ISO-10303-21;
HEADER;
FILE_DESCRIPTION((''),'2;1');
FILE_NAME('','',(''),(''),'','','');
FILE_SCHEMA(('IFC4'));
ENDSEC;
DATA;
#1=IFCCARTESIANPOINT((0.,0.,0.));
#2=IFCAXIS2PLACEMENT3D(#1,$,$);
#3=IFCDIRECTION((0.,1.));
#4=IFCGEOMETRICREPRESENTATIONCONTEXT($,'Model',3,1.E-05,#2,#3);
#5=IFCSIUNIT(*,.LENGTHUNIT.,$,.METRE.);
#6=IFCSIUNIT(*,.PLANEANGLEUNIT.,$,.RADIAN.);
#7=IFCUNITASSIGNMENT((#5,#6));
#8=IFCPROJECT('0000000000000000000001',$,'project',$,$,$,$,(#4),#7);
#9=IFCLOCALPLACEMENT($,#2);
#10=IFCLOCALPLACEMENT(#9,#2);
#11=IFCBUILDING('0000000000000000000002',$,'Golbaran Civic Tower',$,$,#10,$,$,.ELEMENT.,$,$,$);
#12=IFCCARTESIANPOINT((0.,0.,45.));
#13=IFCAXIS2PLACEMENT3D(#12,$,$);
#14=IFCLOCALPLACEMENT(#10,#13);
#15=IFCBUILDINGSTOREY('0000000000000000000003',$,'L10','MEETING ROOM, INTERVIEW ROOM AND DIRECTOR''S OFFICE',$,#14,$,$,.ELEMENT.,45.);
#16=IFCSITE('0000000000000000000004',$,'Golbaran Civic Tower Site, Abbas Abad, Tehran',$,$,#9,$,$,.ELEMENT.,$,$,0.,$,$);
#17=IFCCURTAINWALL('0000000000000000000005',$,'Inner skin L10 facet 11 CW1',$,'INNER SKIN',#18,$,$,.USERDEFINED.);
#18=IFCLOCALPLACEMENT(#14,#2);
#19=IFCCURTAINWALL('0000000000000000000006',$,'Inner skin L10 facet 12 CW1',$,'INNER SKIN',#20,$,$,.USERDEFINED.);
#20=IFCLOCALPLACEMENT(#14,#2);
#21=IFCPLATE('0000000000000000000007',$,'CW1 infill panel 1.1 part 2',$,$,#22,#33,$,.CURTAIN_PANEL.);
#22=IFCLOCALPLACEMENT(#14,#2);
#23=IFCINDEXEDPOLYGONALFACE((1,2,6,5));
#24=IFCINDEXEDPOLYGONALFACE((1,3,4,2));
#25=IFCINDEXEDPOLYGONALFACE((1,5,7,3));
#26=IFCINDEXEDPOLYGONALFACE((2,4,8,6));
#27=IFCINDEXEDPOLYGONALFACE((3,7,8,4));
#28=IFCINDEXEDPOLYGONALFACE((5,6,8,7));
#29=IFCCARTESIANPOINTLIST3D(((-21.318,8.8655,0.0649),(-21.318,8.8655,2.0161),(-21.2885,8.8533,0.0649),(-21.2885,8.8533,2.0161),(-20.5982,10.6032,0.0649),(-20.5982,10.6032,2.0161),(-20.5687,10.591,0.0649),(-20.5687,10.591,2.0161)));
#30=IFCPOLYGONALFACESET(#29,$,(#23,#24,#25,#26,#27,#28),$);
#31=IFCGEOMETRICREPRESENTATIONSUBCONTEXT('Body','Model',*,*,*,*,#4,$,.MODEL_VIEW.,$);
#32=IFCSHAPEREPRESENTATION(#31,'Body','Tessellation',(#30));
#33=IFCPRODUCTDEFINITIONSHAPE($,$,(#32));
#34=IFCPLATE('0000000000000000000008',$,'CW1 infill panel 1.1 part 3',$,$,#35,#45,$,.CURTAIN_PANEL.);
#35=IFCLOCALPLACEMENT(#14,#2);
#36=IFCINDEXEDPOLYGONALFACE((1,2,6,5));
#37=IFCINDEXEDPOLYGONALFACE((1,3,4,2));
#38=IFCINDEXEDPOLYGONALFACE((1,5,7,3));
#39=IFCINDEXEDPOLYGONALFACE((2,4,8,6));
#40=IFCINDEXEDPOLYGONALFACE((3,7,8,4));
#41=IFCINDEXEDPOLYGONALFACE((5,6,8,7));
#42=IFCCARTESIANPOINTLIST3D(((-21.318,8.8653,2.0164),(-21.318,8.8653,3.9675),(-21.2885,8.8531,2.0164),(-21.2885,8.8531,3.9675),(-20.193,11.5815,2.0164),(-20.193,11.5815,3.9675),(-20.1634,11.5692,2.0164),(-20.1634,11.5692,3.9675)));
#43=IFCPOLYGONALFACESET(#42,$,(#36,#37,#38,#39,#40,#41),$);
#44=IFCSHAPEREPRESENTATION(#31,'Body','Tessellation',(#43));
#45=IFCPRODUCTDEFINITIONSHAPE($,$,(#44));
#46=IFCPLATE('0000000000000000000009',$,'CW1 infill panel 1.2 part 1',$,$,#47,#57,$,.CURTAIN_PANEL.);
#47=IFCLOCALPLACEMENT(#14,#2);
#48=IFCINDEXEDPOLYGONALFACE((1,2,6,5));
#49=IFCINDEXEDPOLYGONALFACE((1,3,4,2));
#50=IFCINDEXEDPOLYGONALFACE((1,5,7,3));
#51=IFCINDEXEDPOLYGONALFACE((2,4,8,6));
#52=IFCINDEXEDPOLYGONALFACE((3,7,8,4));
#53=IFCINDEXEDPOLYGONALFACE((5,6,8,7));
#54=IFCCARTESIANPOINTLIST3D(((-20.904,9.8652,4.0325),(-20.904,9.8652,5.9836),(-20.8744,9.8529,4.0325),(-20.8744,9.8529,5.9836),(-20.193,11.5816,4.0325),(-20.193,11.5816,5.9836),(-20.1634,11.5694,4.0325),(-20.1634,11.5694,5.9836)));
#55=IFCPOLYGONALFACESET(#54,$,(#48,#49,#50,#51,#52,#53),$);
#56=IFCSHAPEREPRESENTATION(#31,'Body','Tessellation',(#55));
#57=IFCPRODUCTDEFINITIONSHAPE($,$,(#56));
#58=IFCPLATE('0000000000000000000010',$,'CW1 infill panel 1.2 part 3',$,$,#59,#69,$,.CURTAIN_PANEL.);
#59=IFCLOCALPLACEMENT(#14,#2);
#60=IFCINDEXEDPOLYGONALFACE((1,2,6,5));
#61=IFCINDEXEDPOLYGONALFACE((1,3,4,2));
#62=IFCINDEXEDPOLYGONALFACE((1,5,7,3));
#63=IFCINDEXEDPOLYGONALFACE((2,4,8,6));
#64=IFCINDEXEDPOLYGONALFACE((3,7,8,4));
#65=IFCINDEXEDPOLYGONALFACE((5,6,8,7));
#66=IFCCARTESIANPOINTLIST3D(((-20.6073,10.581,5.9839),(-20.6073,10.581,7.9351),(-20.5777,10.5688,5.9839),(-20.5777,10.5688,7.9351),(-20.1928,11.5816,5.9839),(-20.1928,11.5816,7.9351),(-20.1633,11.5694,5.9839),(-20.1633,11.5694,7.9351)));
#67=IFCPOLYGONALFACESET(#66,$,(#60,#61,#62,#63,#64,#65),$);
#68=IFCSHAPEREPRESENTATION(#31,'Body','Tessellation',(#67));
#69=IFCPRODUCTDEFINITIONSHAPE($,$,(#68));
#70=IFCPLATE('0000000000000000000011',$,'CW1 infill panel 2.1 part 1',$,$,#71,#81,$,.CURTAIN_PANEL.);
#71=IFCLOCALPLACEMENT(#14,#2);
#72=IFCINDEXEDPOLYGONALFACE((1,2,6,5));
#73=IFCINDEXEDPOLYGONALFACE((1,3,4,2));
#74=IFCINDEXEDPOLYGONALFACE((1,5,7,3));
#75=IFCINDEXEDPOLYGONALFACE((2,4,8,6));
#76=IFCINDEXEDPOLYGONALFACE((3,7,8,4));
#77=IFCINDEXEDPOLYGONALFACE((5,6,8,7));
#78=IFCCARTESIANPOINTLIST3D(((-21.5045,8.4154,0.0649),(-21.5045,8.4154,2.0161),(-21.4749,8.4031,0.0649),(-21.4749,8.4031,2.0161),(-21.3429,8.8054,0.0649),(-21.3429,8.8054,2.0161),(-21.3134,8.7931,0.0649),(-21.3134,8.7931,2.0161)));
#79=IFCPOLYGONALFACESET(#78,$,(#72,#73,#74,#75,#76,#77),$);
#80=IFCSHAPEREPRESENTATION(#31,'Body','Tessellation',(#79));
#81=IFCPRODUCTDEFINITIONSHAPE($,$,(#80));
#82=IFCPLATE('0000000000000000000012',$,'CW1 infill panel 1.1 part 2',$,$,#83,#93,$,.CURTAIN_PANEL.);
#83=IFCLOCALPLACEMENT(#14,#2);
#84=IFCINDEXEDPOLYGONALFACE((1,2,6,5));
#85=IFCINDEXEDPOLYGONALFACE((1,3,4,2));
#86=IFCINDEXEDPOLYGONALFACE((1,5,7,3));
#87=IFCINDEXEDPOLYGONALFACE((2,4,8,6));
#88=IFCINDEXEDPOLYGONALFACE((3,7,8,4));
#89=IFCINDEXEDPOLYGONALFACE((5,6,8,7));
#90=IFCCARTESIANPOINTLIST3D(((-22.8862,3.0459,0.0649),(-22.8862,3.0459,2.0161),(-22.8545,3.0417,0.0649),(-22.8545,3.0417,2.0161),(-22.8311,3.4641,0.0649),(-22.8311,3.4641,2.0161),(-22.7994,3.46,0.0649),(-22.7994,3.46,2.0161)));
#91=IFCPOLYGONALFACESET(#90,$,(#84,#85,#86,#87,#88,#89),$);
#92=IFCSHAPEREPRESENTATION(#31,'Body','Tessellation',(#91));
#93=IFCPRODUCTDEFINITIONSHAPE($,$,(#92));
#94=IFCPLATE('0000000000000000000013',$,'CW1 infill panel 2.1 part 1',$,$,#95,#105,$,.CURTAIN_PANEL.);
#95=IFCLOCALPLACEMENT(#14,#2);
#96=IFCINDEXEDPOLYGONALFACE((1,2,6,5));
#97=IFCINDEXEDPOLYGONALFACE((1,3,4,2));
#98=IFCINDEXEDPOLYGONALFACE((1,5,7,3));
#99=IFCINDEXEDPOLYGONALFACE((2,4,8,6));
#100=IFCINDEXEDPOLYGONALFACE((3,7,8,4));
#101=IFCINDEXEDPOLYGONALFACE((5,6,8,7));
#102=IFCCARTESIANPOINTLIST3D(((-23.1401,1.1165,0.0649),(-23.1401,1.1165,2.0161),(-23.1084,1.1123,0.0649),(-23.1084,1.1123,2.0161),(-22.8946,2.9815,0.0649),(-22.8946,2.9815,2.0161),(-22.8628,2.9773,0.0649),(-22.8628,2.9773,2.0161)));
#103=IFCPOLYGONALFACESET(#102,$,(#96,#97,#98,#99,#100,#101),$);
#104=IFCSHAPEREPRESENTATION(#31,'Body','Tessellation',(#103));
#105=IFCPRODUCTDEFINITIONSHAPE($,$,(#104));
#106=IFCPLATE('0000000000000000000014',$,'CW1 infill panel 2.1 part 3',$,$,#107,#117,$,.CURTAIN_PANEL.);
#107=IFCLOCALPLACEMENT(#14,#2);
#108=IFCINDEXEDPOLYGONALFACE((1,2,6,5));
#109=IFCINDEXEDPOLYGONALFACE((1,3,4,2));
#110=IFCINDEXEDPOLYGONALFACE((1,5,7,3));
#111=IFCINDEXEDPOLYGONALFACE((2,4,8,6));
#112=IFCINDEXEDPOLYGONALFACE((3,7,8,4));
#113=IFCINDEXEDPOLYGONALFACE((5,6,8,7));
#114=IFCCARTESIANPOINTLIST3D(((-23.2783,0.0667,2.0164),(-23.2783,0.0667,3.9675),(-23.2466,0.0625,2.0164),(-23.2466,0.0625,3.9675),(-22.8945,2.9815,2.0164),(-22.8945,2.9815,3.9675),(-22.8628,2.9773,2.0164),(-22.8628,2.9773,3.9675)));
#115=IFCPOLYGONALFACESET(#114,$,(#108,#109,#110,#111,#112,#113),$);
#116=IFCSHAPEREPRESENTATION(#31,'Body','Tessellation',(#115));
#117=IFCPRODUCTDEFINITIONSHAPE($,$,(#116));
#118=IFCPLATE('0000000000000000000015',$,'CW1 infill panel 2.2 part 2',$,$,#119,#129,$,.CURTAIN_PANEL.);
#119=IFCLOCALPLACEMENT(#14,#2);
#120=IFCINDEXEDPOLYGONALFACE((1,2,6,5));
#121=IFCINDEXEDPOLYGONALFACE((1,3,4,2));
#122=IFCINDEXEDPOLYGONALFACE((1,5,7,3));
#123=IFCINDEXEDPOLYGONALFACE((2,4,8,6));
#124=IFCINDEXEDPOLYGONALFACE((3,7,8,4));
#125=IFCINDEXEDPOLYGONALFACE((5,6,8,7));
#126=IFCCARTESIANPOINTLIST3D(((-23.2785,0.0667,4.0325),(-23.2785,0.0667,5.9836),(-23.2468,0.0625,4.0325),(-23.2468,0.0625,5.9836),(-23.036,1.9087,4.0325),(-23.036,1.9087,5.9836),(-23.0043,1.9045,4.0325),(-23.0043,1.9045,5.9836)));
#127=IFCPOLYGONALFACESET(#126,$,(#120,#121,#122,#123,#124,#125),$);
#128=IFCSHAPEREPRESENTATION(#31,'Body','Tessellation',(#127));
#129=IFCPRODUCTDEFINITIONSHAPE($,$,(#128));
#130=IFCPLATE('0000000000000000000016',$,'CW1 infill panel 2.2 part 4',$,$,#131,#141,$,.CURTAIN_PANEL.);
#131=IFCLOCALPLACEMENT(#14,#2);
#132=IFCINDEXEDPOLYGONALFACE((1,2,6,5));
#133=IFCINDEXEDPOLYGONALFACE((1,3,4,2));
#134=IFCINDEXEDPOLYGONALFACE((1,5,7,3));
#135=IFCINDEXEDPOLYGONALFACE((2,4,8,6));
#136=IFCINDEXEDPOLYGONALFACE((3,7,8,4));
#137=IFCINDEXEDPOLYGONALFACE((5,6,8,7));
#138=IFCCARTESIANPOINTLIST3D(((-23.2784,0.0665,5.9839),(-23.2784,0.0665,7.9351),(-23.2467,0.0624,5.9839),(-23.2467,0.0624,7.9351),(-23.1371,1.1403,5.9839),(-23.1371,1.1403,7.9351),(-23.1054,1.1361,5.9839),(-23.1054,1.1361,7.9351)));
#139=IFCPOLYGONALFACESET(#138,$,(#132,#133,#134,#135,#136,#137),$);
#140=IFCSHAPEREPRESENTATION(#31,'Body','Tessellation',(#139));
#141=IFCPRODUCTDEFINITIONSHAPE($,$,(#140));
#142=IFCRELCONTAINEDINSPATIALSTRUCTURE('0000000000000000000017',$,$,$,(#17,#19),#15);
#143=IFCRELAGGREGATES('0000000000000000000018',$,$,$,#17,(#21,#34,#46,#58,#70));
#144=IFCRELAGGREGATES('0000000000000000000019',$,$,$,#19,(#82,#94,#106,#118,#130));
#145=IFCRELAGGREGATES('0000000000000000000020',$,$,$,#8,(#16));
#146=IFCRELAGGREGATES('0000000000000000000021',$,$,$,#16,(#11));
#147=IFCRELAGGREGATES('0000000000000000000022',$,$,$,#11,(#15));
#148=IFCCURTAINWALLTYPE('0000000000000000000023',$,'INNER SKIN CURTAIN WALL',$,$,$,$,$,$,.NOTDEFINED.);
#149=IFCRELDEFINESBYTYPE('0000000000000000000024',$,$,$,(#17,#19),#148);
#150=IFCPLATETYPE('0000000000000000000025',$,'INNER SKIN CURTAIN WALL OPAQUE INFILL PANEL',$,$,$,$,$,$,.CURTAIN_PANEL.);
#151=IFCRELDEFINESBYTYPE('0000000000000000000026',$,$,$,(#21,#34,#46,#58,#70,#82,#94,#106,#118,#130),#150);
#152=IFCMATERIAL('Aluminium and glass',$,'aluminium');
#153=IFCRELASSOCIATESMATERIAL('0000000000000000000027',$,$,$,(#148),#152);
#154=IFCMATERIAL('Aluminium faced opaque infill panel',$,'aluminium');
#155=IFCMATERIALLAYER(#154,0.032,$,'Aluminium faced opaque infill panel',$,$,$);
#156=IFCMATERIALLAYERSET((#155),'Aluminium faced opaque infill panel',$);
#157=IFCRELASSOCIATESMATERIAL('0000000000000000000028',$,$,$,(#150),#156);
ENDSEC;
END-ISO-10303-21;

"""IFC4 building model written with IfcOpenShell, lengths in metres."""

from ifc_helpers import new_model, si_unit, direction, frame, origin, origin_2d, place, context, subcontext, project, spatial, rectangle, extrude, material, layer, layer_set, type_object, element, aggregate, save


model = new_model("IFC4")

# Units and contexts
model_context = context("Model", 3, precision=1e-05, world=origin(), true_north=direction((0.0, 1.0)))
body_context = subcontext(model_context, "Body", "Model", "MODEL_VIEW")
ifc_project = project(units=[si_unit("LENGTHUNIT", "METRE"), si_unit("PLANEANGLEUNIT", "RADIAN")], contexts=[model_context])

# Site, building, storey
site_placement = place(None, origin())
site = spatial("IfcSite", under=ifc_project, at=site_placement, Name="Golbaran Civic Tower Site, Abbas Abad, Tehran", CompositionType="ELEMENT", RefElevation=0.0)
building_placement = place(site_placement, origin())
building = spatial("IfcBuilding", under=site, at=building_placement, Name="Golbaran Civic Tower", CompositionType="ELEMENT")
storey_placement = place(building_placement, frame((0.0, 0.0, 45.0)))
storey = spatial("IfcBuildingStorey", under=building, at=storey_placement, Name="L10", Description="MEETING ROOM, INTERVIEW ROOM AND DIRECTOR'S OFFICE", CompositionType="ELEMENT", Elevation=45.0)

# Curtain walls
ifc_material_1 = material(Name="Aluminium and glass", Category="aluminium")
curtain_wall_type = type_object("IfcCurtainWallType", Name="INNER SKIN CURTAIN WALL", PredefinedType="NOTDEFINED", material=ifc_material_1)
curtain_wall_1_placement = place(storey_placement, origin())
curtain_wall_1 = element("IfcCurtainWall", 1, at=curtain_wall_1_placement, inside=storey, type_object=curtain_wall_type, Name="Inner skin L10 facet 11 CW1", ObjectType="INNER SKIN", PredefinedType="USERDEFINED")
curtain_wall_2_placement = place(storey_placement, origin())
curtain_wall_2 = element("IfcCurtainWall", 2, at=curtain_wall_2_placement, inside=storey, type_object=curtain_wall_type, Name="Inner skin L10 facet 12 CW1", ObjectType="INNER SKIN", PredefinedType="USERDEFINED")

# Plates
ifc_material_2 = material(Name="Aluminium faced opaque infill panel", Category="aluminium")
ifc_layer_1 = layer(ifc_material_2, 0.032, Name="Aluminium faced opaque infill panel")
ifc_layer_set_1 = layer_set([ifc_layer_1], Name="Aluminium faced opaque infill panel")
plate_type_1 = type_object("IfcPlateType", Name="INNER SKIN CURTAIN WALL OPAQUE INFILL PANEL", PredefinedType="CURTAIN_PANEL", material=ifc_layer_set_1)
plate_1_placement = place(storey_placement, frame((-20.9434, 9.7283, 0.0649), z_axis=(0.0, 0.0, 1.0), x_axis=(-0.382683, -0.92388, 0.0)))
plate_1 = element("IfcPlate", 3, at=plate_1_placement, type_object=plate_type_1, Name="CW1 infill panel 1.1 part 2", PredefinedType="CURTAIN_PANEL", context=body_context, shape_type="SweptSolid", body=[
    extrude(rectangle(XDim=1.8809, YDim=0.032, at=origin_2d()), origin(), (0.0, 0.0, 1.0), 1.9512),
])
plate_2_placement = place(storey_placement, frame((-20.7407, 10.2173, 2.0164), z_axis=(0.0, 0.0, 1.0), x_axis=(-0.382683, -0.92388, 0.0)))
plate_2 = element("IfcPlate", 4, at=plate_2_placement, type_object=plate_type_1, Name="CW1 infill panel 1.1 part 3", PredefinedType="CURTAIN_PANEL", context=body_context, shape_type="SweptSolid", body=[
    extrude(rectangle(XDim=2.9399, YDim=0.032, at=origin_2d()), origin(), (0.0, 0.0, 1.0), 1.9512),
])
plate_3_placement = place(storey_placement, frame((-20.5337, 10.7173, 4.0325), z_axis=(0.0, 0.0, 1.0), x_axis=(-0.382683, -0.92388, 0.0)))
plate_3 = element("IfcPlate", 5, at=plate_3_placement, type_object=plate_type_1, Name="CW1 infill panel 1.2 part 1", PredefinedType="CURTAIN_PANEL", context=body_context, shape_type="SweptSolid", body=[
    extrude(rectangle(XDim=1.8579, YDim=0.032, at=origin_2d()), origin(), (0.0, 0.0, 1.0), 1.9512),
])
plate_4_placement = place(storey_placement, frame((-20.3853, 11.0752, 5.9839), z_axis=(0.0, 0.0, 1.0), x_axis=(-0.382683, -0.92388, 0.0)))
plate_4 = element("IfcPlate", 6, at=plate_4_placement, type_object=plate_type_1, Name="CW1 infill panel 1.2 part 3", PredefinedType="CURTAIN_PANEL", context=body_context, shape_type="SweptSolid", body=[
    extrude(rectangle(XDim=1.083, YDim=0.032, at=origin_2d()), origin(), (0.0, 0.0, 1.0), 1.9512),
])
plate_5_placement = place(storey_placement, frame((-21.4089, 8.6042, 0.0649), z_axis=(0.0, 0.0, 1.0), x_axis=(-0.382683, -0.92388, 0.0)))
plate_5 = element("IfcPlate", 7, at=plate_5_placement, type_object=plate_type_1, Name="CW1 infill panel 2.1 part 1", PredefinedType="CURTAIN_PANEL", context=body_context, shape_type="SweptSolid", body=[
    extrude(rectangle(XDim=0.4221, YDim=0.032, at=origin_2d()), origin(), (0.0, 0.0, 1.0), 1.9512),
])
aggregate(curtain_wall_1, [plate_1, plate_2, plate_3, plate_4, plate_5])
plate_6_placement = place(storey_placement, frame((-22.8428, 3.2529, 0.0649), z_axis=(0.0, 0.0, 1.0), x_axis=(-0.130526, -0.991445, 0.0)))
plate_6 = element("IfcPlate", 8, at=plate_6_placement, type_object=plate_type_1, Name="CW1 infill panel 1.1 part 2", PredefinedType="CURTAIN_PANEL", context=body_context, shape_type="SweptSolid", body=[
    extrude(rectangle(XDim=0.4219, YDim=0.032, at=origin_2d()), origin(), (0.0, 0.0, 1.0), 1.9512),
])
plate_7_placement = place(storey_placement, frame((-23.0015, 2.0469, 0.0649), z_axis=(0.0, 0.0, 1.0), x_axis=(-0.130526, -0.991445, 0.0)))
plate_7 = element("IfcPlate", 9, at=plate_7_placement, type_object=plate_type_1, Name="CW1 infill panel 2.1 part 1", PredefinedType="CURTAIN_PANEL", context=body_context, shape_type="SweptSolid", body=[
    extrude(rectangle(XDim=1.8811, YDim=0.032, at=origin_2d()), origin(), (0.0, 0.0, 1.0), 1.9512),
])
plate_8_placement = place(storey_placement, frame((-23.0706, 1.522, 2.0164), z_axis=(0.0, 0.0, 1.0), x_axis=(-0.130526, -0.991445, 0.0)))
plate_8 = element("IfcPlate", 10, at=plate_8_placement, type_object=plate_type_1, Name="CW1 infill panel 2.1 part 3", PredefinedType="CURTAIN_PANEL", context=body_context, shape_type="SweptSolid", body=[
    extrude(rectangle(XDim=2.9399, YDim=0.032, at=origin_2d()), origin(), (0.0, 0.0, 1.0), 1.9512),
])
plate_9_placement = place(storey_placement, frame((-23.1414, 0.9856, 4.0325), z_axis=(0.0, 0.0, 1.0), x_axis=(-0.130526, -0.991445, 0.0)))
plate_9 = element("IfcPlate", 11, at=plate_9_placement, type_object=plate_type_1, Name="CW1 infill panel 2.2 part 2", PredefinedType="CURTAIN_PANEL", context=body_context, shape_type="SweptSolid", body=[
    extrude(rectangle(XDim=1.8579, YDim=0.032, at=origin_2d()), origin(), (0.0, 0.0, 1.0), 1.9512),
])
plate_10_placement = place(storey_placement, frame((-23.1919, 0.6013, 5.9839), z_axis=(0.0, 0.0, 1.0), x_axis=(-0.130526, -0.991445, 0.0)))
plate_10 = element("IfcPlate", 12, at=plate_10_placement, type_object=plate_type_1, Name="CW1 infill panel 2.2 part 4", PredefinedType="CURTAIN_PANEL", context=body_context, shape_type="SweptSolid", body=[
    extrude(rectangle(XDim=1.083, YDim=0.032, at=origin_2d()), origin(), (0.0, 0.0, 1.0), 1.9512),
])
aggregate(curtain_wall_2, [plate_6, plate_7, plate_8, plate_9, plate_10])

save(model, "model.ifc")
